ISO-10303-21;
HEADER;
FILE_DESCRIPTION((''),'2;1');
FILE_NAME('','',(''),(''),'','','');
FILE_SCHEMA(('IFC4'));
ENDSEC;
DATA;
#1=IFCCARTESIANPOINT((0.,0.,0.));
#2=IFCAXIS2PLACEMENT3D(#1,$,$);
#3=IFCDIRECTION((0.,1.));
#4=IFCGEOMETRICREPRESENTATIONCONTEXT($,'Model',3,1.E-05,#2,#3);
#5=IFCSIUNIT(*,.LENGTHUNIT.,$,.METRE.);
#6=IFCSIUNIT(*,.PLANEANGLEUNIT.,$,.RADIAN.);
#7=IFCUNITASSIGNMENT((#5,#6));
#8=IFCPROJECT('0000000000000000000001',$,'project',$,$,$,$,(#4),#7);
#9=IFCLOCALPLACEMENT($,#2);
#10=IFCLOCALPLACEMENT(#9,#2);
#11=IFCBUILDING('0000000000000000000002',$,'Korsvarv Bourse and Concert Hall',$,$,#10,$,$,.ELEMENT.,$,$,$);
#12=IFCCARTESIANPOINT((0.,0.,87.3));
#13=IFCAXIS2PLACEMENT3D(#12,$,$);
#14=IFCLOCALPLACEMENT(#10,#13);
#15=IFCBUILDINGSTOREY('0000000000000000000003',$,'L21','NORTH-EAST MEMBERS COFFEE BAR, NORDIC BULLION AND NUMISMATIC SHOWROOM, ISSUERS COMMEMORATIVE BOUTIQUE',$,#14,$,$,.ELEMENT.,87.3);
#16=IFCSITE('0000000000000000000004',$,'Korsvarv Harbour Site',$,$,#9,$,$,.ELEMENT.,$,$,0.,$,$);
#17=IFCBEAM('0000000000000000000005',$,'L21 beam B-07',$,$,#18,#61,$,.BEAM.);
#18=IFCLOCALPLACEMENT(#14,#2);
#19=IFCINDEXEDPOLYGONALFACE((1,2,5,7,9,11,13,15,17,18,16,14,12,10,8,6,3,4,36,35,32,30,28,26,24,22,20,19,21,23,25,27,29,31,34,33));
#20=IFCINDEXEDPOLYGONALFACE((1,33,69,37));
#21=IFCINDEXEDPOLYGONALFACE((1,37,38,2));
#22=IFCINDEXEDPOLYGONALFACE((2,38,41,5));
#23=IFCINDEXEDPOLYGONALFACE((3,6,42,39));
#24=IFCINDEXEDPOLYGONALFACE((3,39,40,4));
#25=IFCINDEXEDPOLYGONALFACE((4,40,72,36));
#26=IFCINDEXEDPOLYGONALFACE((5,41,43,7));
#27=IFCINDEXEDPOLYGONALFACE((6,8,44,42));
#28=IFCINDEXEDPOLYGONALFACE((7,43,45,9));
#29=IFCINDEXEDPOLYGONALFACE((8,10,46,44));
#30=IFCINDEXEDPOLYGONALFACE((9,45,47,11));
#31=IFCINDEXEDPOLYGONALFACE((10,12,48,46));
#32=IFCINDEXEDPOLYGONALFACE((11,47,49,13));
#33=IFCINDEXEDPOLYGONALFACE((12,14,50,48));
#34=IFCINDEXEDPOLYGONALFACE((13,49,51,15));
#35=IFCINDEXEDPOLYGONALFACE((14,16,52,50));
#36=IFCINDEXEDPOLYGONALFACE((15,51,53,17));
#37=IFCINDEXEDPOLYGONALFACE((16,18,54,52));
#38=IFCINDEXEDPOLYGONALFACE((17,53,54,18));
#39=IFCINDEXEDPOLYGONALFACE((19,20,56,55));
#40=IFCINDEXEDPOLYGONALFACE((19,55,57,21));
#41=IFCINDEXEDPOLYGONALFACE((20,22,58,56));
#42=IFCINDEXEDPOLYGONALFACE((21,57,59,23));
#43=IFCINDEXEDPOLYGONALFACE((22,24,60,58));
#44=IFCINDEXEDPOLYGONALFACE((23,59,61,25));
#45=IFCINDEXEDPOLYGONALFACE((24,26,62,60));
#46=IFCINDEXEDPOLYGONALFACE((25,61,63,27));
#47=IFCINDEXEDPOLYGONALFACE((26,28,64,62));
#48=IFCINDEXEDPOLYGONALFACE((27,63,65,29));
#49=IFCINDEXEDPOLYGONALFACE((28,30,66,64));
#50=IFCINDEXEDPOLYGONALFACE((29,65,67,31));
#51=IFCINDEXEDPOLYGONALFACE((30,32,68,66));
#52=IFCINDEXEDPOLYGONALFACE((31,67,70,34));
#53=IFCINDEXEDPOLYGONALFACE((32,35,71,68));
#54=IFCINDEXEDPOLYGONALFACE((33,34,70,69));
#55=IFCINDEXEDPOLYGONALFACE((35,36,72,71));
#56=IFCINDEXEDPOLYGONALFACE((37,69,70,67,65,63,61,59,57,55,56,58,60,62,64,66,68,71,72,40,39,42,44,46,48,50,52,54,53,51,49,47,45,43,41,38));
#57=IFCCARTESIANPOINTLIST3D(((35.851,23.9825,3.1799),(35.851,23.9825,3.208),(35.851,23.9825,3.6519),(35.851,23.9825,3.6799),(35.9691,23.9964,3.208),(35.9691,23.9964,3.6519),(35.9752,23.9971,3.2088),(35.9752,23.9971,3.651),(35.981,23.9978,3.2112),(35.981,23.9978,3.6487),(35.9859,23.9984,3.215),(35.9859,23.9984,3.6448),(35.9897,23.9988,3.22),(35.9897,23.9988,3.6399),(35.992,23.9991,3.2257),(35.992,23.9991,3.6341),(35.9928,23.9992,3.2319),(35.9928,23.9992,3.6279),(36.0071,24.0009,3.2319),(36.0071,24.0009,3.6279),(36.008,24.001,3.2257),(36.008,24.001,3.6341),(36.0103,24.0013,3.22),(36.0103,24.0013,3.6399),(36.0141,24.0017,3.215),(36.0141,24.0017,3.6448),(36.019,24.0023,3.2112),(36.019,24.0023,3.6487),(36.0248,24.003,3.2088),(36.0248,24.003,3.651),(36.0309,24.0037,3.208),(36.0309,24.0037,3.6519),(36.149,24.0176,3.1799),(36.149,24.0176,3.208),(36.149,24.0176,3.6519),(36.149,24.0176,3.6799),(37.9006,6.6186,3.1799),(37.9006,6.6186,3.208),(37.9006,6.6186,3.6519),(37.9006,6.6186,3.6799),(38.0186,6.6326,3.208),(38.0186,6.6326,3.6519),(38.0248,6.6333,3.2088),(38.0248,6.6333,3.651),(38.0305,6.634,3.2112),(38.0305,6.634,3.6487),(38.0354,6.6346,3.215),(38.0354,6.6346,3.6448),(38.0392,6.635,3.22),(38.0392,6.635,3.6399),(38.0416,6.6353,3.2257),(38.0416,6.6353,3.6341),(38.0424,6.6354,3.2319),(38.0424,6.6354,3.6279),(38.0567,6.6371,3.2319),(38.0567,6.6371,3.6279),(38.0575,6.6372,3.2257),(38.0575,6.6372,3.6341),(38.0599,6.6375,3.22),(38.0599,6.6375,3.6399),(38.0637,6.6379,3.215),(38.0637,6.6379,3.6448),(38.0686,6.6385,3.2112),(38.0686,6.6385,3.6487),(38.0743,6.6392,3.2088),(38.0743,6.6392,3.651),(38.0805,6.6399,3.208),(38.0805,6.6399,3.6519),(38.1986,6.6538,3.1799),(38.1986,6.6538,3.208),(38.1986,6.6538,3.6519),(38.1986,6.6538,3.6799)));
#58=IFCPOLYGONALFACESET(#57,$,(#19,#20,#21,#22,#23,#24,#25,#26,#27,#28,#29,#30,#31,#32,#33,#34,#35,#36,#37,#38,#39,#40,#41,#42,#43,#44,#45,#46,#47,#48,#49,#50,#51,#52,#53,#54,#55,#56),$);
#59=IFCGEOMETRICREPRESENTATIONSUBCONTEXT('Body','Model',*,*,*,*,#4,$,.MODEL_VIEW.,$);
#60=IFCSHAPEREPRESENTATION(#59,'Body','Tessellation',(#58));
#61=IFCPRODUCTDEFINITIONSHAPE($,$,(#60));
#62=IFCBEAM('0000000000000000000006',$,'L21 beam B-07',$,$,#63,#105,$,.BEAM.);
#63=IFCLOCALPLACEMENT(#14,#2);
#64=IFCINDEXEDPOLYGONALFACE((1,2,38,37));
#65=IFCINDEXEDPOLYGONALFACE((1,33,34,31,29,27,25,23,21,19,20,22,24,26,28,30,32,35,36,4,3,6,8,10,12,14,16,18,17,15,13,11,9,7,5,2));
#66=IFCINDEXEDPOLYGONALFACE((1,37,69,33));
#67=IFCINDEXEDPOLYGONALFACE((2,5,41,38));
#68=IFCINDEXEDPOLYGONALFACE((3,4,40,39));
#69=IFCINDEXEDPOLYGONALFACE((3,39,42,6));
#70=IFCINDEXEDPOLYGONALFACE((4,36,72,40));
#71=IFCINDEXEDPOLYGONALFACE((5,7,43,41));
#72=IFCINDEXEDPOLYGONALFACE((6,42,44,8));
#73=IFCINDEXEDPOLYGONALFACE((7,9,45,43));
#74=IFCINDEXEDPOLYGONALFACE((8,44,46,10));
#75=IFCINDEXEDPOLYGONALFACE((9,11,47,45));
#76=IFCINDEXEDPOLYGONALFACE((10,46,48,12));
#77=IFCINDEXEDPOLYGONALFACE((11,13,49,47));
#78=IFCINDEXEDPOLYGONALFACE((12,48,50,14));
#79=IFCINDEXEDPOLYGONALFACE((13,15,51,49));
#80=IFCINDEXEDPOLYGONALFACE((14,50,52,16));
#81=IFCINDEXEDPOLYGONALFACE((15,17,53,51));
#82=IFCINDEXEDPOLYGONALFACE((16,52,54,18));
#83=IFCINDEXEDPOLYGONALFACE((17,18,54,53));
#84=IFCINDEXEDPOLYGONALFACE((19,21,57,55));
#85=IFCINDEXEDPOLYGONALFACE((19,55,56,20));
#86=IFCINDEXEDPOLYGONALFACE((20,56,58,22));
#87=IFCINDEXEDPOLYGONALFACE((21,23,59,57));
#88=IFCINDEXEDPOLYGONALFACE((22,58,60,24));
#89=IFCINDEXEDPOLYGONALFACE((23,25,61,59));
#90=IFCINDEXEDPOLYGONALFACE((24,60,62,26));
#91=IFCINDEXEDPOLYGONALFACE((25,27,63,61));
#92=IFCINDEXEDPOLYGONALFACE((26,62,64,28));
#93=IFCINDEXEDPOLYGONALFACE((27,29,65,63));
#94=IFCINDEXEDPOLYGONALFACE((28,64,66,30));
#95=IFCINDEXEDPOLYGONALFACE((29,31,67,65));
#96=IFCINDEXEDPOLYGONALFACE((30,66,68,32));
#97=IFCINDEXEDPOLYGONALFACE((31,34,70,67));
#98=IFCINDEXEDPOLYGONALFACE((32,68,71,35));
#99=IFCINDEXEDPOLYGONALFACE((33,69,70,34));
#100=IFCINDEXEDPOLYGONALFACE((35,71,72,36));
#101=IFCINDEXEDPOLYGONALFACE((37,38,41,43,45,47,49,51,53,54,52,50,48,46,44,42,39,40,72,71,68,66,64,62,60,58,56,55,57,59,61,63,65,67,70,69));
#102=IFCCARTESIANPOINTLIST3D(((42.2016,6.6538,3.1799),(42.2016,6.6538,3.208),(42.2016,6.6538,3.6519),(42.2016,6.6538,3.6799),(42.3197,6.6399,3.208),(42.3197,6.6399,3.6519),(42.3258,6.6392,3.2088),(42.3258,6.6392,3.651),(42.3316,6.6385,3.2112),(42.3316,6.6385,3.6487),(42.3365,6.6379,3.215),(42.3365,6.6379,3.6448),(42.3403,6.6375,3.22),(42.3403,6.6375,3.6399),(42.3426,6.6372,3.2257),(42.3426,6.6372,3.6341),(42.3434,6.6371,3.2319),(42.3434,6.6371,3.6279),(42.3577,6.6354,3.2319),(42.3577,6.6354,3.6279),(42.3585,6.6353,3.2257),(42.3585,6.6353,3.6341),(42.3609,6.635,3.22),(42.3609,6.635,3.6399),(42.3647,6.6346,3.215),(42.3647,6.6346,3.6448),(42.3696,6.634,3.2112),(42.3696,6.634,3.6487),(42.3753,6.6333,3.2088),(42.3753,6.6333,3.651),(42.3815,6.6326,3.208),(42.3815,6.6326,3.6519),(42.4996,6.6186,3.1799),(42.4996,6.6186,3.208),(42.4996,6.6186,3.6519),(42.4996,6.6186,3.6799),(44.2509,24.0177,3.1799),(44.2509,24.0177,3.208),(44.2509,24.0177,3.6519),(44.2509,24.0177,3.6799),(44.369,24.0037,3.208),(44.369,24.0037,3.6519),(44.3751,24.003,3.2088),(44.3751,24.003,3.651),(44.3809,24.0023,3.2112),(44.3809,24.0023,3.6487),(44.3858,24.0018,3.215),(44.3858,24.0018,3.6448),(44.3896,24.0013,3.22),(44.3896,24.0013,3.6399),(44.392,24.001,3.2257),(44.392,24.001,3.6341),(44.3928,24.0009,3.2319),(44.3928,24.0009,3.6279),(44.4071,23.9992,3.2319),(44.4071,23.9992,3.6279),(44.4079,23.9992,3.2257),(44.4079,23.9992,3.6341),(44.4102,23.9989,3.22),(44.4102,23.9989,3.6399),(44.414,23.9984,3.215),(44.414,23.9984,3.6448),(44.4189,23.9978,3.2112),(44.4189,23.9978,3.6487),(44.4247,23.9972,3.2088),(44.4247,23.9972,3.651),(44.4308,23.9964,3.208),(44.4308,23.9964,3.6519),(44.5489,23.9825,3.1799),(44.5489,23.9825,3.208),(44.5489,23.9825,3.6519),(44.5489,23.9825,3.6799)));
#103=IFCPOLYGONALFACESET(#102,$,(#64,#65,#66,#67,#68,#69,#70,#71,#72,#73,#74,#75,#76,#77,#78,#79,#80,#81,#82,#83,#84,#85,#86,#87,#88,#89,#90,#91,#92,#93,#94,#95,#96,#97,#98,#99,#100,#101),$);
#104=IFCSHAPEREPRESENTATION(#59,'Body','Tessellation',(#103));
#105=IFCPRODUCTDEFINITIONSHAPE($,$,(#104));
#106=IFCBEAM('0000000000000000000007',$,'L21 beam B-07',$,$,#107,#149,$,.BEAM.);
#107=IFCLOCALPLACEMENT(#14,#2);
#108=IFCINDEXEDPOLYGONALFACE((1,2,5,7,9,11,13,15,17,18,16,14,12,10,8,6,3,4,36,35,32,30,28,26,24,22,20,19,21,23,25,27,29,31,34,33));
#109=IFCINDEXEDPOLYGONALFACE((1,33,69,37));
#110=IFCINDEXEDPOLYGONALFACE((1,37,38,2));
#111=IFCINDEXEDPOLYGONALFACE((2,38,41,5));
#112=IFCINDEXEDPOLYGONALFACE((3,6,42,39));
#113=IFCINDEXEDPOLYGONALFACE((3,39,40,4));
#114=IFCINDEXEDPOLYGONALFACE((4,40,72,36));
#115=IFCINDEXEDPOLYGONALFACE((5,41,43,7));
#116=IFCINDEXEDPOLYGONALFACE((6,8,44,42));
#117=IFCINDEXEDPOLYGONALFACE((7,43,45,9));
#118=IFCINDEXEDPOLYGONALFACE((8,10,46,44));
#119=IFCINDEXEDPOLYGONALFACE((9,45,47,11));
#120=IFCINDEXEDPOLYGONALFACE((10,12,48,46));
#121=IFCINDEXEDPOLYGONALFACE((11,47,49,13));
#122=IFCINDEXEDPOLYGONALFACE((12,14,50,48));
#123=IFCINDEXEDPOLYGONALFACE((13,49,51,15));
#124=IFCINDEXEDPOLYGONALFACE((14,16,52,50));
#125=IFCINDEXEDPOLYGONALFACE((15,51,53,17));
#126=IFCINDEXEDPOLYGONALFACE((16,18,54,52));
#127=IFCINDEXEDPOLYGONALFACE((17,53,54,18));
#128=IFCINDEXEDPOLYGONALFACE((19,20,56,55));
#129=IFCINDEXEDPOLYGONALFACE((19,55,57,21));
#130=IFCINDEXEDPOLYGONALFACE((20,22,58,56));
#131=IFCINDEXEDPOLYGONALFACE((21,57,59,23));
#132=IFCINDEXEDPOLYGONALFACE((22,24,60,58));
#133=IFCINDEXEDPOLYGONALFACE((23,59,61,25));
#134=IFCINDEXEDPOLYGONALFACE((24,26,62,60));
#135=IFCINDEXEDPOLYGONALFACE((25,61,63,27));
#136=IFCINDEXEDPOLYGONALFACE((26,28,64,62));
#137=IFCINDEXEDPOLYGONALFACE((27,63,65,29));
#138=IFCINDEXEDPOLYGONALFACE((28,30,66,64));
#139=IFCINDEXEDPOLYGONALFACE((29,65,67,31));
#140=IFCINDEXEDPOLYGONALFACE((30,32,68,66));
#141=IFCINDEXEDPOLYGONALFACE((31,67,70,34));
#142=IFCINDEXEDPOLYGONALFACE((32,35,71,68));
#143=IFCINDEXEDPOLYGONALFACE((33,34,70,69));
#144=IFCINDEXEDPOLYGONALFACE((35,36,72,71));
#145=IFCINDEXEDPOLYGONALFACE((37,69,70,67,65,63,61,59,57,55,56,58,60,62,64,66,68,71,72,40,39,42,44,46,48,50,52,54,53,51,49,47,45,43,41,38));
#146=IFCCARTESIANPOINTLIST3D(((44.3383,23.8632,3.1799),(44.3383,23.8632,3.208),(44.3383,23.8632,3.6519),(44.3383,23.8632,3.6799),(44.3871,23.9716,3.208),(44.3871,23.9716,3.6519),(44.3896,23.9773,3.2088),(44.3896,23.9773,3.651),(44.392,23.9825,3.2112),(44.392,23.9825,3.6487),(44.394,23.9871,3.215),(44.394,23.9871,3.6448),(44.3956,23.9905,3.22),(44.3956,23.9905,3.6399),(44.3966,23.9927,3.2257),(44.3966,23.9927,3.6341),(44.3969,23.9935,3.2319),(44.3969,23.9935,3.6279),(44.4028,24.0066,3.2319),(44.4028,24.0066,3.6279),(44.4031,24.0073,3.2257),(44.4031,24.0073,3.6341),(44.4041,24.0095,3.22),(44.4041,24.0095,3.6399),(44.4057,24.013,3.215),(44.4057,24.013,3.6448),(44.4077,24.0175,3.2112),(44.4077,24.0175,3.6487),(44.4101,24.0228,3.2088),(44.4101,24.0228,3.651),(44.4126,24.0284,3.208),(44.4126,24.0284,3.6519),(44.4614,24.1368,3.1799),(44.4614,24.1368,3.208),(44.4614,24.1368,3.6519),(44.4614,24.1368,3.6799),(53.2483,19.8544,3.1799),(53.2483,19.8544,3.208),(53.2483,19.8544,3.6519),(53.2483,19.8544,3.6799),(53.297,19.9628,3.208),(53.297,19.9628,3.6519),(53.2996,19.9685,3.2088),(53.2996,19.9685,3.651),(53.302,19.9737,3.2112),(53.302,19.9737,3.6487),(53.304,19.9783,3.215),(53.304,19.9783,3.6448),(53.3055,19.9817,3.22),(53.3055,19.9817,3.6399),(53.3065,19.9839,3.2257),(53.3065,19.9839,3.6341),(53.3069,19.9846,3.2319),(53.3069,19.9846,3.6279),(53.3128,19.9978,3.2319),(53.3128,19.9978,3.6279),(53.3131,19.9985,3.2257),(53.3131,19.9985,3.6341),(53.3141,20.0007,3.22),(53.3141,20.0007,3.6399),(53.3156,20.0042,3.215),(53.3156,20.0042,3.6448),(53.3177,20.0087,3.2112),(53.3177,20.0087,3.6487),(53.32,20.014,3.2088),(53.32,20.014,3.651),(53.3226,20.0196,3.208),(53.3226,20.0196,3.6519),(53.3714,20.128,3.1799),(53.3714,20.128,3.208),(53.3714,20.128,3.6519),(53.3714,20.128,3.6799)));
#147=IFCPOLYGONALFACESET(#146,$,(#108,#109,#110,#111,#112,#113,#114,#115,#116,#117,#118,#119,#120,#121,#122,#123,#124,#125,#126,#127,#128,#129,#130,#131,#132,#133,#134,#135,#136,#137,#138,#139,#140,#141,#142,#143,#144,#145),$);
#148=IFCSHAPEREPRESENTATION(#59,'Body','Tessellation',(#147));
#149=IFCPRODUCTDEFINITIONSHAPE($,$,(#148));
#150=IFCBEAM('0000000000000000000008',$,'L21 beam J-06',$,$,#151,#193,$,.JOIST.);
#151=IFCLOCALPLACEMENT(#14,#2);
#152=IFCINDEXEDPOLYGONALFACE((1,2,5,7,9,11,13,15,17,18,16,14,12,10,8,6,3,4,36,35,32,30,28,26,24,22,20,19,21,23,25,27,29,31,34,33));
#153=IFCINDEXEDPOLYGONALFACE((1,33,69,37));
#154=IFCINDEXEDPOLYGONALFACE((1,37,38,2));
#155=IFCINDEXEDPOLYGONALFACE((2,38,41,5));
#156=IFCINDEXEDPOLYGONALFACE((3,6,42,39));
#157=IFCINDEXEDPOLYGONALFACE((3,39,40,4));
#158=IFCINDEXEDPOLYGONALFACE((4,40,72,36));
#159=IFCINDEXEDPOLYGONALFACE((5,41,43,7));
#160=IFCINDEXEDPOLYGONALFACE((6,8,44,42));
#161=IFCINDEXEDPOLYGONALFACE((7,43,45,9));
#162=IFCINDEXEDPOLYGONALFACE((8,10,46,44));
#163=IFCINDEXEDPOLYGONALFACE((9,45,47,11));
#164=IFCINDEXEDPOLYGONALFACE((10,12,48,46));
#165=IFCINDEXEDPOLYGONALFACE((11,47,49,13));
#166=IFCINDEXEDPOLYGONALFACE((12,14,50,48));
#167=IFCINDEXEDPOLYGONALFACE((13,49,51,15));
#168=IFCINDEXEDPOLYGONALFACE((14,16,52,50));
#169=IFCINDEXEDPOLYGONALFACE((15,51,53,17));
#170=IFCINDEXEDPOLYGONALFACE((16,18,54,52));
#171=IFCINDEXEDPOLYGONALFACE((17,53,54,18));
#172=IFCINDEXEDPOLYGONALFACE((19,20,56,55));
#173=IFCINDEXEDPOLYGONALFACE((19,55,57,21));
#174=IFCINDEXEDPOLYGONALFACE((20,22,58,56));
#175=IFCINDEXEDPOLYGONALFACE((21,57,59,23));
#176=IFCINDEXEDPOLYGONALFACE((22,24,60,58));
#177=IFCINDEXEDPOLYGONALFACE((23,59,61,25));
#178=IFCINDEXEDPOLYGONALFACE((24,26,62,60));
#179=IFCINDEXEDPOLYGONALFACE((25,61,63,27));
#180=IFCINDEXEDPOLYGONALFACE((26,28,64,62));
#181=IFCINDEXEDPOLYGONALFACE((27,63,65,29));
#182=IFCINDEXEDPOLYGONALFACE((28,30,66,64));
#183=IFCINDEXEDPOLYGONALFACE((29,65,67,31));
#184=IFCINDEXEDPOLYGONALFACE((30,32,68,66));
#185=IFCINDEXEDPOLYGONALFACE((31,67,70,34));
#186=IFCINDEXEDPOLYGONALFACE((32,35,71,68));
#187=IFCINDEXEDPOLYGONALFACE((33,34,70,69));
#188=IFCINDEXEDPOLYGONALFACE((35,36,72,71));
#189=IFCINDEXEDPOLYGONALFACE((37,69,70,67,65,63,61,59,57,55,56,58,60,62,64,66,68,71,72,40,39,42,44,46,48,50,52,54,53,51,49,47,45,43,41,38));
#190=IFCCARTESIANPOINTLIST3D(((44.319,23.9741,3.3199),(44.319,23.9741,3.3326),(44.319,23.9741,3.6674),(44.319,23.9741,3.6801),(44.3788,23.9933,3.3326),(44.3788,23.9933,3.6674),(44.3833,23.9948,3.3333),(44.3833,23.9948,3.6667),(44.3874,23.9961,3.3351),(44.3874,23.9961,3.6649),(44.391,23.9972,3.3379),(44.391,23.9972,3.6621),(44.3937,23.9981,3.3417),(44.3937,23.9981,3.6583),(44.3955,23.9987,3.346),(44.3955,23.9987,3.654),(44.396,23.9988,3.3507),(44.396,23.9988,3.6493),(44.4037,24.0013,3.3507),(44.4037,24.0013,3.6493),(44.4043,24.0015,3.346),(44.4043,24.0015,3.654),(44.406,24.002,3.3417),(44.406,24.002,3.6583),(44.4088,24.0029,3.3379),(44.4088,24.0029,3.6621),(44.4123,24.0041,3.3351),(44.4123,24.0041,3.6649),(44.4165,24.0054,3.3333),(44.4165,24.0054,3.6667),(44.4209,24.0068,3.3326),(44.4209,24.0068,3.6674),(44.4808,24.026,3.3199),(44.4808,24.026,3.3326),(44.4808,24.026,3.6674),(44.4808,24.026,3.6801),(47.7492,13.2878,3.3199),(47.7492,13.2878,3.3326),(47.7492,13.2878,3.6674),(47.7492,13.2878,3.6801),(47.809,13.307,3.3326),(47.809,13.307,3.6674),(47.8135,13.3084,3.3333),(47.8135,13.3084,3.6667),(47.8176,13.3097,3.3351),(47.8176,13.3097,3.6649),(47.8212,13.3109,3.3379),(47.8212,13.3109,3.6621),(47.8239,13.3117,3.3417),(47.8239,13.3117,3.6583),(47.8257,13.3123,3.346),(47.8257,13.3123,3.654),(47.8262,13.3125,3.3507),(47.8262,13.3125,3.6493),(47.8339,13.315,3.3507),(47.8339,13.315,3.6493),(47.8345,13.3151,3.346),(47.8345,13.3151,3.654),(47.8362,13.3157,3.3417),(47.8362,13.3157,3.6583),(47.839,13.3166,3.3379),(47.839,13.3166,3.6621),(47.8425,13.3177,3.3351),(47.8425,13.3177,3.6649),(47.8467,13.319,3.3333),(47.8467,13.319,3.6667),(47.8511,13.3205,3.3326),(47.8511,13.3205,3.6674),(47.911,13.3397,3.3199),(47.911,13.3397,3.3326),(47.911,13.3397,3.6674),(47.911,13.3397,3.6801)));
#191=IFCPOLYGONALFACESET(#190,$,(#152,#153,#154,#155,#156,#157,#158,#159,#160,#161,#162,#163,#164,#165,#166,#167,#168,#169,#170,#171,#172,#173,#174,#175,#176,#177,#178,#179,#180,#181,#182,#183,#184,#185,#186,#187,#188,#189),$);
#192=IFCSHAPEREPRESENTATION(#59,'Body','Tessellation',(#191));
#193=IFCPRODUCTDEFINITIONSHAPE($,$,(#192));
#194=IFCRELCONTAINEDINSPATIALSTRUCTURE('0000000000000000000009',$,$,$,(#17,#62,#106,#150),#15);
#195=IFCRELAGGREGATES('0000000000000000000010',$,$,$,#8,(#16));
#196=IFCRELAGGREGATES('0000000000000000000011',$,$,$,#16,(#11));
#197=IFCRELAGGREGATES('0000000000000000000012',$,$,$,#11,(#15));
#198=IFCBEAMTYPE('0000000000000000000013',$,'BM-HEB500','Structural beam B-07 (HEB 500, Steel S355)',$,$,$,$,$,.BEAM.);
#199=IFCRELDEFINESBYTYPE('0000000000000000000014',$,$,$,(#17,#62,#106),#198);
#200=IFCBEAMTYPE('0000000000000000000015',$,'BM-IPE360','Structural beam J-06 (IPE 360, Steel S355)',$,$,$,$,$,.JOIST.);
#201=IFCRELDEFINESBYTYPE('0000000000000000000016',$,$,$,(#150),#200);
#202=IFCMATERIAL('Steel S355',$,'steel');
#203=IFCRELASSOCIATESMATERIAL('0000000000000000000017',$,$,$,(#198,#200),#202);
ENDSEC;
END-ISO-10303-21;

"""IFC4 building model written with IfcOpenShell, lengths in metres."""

from ifc_helpers import new_model, si_unit, direction, frame, origin, origin_2d, place, context, subcontext, project, spatial, i_section, extrude, source, transform, mapped, material, material_profile, profile_set, type_object, element, save


model = new_model("IFC4")

# Units and contexts
model_context = context("Model", 3, precision=1e-05, world=origin(), true_north=direction((0.0, 1.0)))
body_context = subcontext(model_context, "Body", "Model", "MODEL_VIEW")
ifc_project = project(units=[si_unit("LENGTHUNIT", "METRE"), si_unit("PLANEANGLEUNIT", "RADIAN")], contexts=[model_context])

# Site, building, storey
site_placement = place(None, origin())
site = spatial("IfcSite", under=ifc_project, at=site_placement, Name="Korsvarv Harbour Site", CompositionType="ELEMENT", RefElevation=0.0)
building_placement = place(site_placement, origin())
building = spatial("IfcBuilding", under=site, at=building_placement, Name="Korsvarv Bourse and Concert Hall", CompositionType="ELEMENT")
storey_placement = place(building_placement, frame((0.0, 0.0, 87.3)))
storey = spatial("IfcBuildingStorey", under=building, at=storey_placement, Name="L21", Description="NORTH-EAST MEMBERS COFFEE BAR, NORDIC BULLION AND NUMISMATIC SHOWROOM, ISSUERS COMMEMORATIVE BOUTIQUE", CompositionType="ELEMENT", Elevation=87.3)

# Beams
ifc_material_1 = material(Name="Steel S355", Category="steel")
ifc_material_profile_1 = material_profile(ifc_material_1, i_section(OverallWidth=0.3, OverallDepth=0.5, WebThickness=0.0144, FlangeThickness=0.0281, FilletRadius=0.0239, at=origin_2d()), Name="HEB 500")
ifc_profile_set_1 = profile_set([ifc_material_profile_1], Name="Steel S355")
beam_type_1 = type_object("IfcBeamType", Name="BM-HEB500", Description="Structural beam B-07 (HEB 500, Steel S355)", PredefinedType="BEAM", material=ifc_profile_set_1)
shared_shape_1 = source(origin(), body_context, "Body", "SweptSolid", [
    extrude(i_section(OverallWidth=0.3, OverallDepth=0.5, WebThickness=0.0144, FlangeThickness=0.0281, FilletRadius=0.0239, at=origin_2d()), origin(), (0.0, 0.0, 1.0), 17.4844),
])
for number, where, z_axis, x_axis, name in (
    (1, (38.0496, 6.6362, 3.4299), (-0.117223, 0.993106, 0.0), (-0.993106, -0.117223, 0.0), "L21 beam B-07"),
    (2, (42.3506, 6.6362, 3.4299), (0.117209, 0.993107, 0.0), (-0.993107, 0.117209, 0.0), "L21 beam B-07"),
):
    element("IfcBeam", number, at=place(storey_placement, frame(where, z_axis=z_axis, x_axis=x_axis)), inside=storey, type_object=beam_type_1, Name=name, PredefinedType="BEAM", context=body_context, shape_type="MappedRepresentation", body=[
        mapped(shared_shape_1, transform((0.0, 0.0, 0.0), scale=1.0)),
    ])
shared_shape_2 = source(origin(), body_context, "Body", "SweptSolid", [
    extrude(i_section(OverallWidth=0.3, OverallDepth=0.5, WebThickness=0.0144, FlangeThickness=0.0281, FilletRadius=0.0239, at=origin_2d()), origin(), (0.0, 0.0, 1.0), 9.7703),
])
beam_1_placement = place(storey_placement, frame((53.3098, 19.9912, 3.4299), z_axis=(-0.911947, 0.410308, 0.0), x_axis=(-0.410308, -0.911947, 0.0)))
element("IfcBeam", 3, at=beam_1_placement, inside=storey, type_object=beam_type_1, Name="L21 beam B-07", PredefinedType="BEAM", context=body_context, shape_type="MappedRepresentation", body=[
    mapped(shared_shape_2, transform((0.0, 0.0, 0.0), scale=1.0)),
])
ifc_material_profile_2 = material_profile(ifc_material_1, i_section(OverallWidth=0.1699, OverallDepth=0.3601, WebThickness=0.0081, FlangeThickness=0.0127, FilletRadius=0.0181, at=origin_2d()), Name="IPE 360")
ifc_profile_set_2 = profile_set([ifc_material_profile_2], Name="Steel S355")
beam_type_2 = type_object("IfcBeamType", Name="BM-IPE360", Description="Structural beam J-06 (IPE 360, Steel S355)", PredefinedType="JOIST", material=ifc_profile_set_2)
shared_shape_3 = source(origin(), body_context, "Body", "SweptSolid", [
    extrude(i_section(OverallWidth=0.1699, OverallDepth=0.3601, WebThickness=0.0081, FlangeThickness=0.0127, FilletRadius=0.0181, at=origin_2d()), origin(), (0.0, 0.0, 1.0), 11.2234),
])
beam_2_placement = place(storey_placement, frame((47.8301, 13.3137, 3.5), z_axis=(-0.30563, 0.95215, 0.0), x_axis=(-0.95215, -0.30563, 0.0)))
element("IfcBeam", 4, at=beam_2_placement, inside=storey, type_object=beam_type_2, Name="L21 beam J-06", PredefinedType="JOIST", context=body_context, shape_type="MappedRepresentation", body=[
    mapped(shared_shape_3, transform((0.0, 0.0, 0.0), scale=1.0)),
])

save(model, "model.ifc")
